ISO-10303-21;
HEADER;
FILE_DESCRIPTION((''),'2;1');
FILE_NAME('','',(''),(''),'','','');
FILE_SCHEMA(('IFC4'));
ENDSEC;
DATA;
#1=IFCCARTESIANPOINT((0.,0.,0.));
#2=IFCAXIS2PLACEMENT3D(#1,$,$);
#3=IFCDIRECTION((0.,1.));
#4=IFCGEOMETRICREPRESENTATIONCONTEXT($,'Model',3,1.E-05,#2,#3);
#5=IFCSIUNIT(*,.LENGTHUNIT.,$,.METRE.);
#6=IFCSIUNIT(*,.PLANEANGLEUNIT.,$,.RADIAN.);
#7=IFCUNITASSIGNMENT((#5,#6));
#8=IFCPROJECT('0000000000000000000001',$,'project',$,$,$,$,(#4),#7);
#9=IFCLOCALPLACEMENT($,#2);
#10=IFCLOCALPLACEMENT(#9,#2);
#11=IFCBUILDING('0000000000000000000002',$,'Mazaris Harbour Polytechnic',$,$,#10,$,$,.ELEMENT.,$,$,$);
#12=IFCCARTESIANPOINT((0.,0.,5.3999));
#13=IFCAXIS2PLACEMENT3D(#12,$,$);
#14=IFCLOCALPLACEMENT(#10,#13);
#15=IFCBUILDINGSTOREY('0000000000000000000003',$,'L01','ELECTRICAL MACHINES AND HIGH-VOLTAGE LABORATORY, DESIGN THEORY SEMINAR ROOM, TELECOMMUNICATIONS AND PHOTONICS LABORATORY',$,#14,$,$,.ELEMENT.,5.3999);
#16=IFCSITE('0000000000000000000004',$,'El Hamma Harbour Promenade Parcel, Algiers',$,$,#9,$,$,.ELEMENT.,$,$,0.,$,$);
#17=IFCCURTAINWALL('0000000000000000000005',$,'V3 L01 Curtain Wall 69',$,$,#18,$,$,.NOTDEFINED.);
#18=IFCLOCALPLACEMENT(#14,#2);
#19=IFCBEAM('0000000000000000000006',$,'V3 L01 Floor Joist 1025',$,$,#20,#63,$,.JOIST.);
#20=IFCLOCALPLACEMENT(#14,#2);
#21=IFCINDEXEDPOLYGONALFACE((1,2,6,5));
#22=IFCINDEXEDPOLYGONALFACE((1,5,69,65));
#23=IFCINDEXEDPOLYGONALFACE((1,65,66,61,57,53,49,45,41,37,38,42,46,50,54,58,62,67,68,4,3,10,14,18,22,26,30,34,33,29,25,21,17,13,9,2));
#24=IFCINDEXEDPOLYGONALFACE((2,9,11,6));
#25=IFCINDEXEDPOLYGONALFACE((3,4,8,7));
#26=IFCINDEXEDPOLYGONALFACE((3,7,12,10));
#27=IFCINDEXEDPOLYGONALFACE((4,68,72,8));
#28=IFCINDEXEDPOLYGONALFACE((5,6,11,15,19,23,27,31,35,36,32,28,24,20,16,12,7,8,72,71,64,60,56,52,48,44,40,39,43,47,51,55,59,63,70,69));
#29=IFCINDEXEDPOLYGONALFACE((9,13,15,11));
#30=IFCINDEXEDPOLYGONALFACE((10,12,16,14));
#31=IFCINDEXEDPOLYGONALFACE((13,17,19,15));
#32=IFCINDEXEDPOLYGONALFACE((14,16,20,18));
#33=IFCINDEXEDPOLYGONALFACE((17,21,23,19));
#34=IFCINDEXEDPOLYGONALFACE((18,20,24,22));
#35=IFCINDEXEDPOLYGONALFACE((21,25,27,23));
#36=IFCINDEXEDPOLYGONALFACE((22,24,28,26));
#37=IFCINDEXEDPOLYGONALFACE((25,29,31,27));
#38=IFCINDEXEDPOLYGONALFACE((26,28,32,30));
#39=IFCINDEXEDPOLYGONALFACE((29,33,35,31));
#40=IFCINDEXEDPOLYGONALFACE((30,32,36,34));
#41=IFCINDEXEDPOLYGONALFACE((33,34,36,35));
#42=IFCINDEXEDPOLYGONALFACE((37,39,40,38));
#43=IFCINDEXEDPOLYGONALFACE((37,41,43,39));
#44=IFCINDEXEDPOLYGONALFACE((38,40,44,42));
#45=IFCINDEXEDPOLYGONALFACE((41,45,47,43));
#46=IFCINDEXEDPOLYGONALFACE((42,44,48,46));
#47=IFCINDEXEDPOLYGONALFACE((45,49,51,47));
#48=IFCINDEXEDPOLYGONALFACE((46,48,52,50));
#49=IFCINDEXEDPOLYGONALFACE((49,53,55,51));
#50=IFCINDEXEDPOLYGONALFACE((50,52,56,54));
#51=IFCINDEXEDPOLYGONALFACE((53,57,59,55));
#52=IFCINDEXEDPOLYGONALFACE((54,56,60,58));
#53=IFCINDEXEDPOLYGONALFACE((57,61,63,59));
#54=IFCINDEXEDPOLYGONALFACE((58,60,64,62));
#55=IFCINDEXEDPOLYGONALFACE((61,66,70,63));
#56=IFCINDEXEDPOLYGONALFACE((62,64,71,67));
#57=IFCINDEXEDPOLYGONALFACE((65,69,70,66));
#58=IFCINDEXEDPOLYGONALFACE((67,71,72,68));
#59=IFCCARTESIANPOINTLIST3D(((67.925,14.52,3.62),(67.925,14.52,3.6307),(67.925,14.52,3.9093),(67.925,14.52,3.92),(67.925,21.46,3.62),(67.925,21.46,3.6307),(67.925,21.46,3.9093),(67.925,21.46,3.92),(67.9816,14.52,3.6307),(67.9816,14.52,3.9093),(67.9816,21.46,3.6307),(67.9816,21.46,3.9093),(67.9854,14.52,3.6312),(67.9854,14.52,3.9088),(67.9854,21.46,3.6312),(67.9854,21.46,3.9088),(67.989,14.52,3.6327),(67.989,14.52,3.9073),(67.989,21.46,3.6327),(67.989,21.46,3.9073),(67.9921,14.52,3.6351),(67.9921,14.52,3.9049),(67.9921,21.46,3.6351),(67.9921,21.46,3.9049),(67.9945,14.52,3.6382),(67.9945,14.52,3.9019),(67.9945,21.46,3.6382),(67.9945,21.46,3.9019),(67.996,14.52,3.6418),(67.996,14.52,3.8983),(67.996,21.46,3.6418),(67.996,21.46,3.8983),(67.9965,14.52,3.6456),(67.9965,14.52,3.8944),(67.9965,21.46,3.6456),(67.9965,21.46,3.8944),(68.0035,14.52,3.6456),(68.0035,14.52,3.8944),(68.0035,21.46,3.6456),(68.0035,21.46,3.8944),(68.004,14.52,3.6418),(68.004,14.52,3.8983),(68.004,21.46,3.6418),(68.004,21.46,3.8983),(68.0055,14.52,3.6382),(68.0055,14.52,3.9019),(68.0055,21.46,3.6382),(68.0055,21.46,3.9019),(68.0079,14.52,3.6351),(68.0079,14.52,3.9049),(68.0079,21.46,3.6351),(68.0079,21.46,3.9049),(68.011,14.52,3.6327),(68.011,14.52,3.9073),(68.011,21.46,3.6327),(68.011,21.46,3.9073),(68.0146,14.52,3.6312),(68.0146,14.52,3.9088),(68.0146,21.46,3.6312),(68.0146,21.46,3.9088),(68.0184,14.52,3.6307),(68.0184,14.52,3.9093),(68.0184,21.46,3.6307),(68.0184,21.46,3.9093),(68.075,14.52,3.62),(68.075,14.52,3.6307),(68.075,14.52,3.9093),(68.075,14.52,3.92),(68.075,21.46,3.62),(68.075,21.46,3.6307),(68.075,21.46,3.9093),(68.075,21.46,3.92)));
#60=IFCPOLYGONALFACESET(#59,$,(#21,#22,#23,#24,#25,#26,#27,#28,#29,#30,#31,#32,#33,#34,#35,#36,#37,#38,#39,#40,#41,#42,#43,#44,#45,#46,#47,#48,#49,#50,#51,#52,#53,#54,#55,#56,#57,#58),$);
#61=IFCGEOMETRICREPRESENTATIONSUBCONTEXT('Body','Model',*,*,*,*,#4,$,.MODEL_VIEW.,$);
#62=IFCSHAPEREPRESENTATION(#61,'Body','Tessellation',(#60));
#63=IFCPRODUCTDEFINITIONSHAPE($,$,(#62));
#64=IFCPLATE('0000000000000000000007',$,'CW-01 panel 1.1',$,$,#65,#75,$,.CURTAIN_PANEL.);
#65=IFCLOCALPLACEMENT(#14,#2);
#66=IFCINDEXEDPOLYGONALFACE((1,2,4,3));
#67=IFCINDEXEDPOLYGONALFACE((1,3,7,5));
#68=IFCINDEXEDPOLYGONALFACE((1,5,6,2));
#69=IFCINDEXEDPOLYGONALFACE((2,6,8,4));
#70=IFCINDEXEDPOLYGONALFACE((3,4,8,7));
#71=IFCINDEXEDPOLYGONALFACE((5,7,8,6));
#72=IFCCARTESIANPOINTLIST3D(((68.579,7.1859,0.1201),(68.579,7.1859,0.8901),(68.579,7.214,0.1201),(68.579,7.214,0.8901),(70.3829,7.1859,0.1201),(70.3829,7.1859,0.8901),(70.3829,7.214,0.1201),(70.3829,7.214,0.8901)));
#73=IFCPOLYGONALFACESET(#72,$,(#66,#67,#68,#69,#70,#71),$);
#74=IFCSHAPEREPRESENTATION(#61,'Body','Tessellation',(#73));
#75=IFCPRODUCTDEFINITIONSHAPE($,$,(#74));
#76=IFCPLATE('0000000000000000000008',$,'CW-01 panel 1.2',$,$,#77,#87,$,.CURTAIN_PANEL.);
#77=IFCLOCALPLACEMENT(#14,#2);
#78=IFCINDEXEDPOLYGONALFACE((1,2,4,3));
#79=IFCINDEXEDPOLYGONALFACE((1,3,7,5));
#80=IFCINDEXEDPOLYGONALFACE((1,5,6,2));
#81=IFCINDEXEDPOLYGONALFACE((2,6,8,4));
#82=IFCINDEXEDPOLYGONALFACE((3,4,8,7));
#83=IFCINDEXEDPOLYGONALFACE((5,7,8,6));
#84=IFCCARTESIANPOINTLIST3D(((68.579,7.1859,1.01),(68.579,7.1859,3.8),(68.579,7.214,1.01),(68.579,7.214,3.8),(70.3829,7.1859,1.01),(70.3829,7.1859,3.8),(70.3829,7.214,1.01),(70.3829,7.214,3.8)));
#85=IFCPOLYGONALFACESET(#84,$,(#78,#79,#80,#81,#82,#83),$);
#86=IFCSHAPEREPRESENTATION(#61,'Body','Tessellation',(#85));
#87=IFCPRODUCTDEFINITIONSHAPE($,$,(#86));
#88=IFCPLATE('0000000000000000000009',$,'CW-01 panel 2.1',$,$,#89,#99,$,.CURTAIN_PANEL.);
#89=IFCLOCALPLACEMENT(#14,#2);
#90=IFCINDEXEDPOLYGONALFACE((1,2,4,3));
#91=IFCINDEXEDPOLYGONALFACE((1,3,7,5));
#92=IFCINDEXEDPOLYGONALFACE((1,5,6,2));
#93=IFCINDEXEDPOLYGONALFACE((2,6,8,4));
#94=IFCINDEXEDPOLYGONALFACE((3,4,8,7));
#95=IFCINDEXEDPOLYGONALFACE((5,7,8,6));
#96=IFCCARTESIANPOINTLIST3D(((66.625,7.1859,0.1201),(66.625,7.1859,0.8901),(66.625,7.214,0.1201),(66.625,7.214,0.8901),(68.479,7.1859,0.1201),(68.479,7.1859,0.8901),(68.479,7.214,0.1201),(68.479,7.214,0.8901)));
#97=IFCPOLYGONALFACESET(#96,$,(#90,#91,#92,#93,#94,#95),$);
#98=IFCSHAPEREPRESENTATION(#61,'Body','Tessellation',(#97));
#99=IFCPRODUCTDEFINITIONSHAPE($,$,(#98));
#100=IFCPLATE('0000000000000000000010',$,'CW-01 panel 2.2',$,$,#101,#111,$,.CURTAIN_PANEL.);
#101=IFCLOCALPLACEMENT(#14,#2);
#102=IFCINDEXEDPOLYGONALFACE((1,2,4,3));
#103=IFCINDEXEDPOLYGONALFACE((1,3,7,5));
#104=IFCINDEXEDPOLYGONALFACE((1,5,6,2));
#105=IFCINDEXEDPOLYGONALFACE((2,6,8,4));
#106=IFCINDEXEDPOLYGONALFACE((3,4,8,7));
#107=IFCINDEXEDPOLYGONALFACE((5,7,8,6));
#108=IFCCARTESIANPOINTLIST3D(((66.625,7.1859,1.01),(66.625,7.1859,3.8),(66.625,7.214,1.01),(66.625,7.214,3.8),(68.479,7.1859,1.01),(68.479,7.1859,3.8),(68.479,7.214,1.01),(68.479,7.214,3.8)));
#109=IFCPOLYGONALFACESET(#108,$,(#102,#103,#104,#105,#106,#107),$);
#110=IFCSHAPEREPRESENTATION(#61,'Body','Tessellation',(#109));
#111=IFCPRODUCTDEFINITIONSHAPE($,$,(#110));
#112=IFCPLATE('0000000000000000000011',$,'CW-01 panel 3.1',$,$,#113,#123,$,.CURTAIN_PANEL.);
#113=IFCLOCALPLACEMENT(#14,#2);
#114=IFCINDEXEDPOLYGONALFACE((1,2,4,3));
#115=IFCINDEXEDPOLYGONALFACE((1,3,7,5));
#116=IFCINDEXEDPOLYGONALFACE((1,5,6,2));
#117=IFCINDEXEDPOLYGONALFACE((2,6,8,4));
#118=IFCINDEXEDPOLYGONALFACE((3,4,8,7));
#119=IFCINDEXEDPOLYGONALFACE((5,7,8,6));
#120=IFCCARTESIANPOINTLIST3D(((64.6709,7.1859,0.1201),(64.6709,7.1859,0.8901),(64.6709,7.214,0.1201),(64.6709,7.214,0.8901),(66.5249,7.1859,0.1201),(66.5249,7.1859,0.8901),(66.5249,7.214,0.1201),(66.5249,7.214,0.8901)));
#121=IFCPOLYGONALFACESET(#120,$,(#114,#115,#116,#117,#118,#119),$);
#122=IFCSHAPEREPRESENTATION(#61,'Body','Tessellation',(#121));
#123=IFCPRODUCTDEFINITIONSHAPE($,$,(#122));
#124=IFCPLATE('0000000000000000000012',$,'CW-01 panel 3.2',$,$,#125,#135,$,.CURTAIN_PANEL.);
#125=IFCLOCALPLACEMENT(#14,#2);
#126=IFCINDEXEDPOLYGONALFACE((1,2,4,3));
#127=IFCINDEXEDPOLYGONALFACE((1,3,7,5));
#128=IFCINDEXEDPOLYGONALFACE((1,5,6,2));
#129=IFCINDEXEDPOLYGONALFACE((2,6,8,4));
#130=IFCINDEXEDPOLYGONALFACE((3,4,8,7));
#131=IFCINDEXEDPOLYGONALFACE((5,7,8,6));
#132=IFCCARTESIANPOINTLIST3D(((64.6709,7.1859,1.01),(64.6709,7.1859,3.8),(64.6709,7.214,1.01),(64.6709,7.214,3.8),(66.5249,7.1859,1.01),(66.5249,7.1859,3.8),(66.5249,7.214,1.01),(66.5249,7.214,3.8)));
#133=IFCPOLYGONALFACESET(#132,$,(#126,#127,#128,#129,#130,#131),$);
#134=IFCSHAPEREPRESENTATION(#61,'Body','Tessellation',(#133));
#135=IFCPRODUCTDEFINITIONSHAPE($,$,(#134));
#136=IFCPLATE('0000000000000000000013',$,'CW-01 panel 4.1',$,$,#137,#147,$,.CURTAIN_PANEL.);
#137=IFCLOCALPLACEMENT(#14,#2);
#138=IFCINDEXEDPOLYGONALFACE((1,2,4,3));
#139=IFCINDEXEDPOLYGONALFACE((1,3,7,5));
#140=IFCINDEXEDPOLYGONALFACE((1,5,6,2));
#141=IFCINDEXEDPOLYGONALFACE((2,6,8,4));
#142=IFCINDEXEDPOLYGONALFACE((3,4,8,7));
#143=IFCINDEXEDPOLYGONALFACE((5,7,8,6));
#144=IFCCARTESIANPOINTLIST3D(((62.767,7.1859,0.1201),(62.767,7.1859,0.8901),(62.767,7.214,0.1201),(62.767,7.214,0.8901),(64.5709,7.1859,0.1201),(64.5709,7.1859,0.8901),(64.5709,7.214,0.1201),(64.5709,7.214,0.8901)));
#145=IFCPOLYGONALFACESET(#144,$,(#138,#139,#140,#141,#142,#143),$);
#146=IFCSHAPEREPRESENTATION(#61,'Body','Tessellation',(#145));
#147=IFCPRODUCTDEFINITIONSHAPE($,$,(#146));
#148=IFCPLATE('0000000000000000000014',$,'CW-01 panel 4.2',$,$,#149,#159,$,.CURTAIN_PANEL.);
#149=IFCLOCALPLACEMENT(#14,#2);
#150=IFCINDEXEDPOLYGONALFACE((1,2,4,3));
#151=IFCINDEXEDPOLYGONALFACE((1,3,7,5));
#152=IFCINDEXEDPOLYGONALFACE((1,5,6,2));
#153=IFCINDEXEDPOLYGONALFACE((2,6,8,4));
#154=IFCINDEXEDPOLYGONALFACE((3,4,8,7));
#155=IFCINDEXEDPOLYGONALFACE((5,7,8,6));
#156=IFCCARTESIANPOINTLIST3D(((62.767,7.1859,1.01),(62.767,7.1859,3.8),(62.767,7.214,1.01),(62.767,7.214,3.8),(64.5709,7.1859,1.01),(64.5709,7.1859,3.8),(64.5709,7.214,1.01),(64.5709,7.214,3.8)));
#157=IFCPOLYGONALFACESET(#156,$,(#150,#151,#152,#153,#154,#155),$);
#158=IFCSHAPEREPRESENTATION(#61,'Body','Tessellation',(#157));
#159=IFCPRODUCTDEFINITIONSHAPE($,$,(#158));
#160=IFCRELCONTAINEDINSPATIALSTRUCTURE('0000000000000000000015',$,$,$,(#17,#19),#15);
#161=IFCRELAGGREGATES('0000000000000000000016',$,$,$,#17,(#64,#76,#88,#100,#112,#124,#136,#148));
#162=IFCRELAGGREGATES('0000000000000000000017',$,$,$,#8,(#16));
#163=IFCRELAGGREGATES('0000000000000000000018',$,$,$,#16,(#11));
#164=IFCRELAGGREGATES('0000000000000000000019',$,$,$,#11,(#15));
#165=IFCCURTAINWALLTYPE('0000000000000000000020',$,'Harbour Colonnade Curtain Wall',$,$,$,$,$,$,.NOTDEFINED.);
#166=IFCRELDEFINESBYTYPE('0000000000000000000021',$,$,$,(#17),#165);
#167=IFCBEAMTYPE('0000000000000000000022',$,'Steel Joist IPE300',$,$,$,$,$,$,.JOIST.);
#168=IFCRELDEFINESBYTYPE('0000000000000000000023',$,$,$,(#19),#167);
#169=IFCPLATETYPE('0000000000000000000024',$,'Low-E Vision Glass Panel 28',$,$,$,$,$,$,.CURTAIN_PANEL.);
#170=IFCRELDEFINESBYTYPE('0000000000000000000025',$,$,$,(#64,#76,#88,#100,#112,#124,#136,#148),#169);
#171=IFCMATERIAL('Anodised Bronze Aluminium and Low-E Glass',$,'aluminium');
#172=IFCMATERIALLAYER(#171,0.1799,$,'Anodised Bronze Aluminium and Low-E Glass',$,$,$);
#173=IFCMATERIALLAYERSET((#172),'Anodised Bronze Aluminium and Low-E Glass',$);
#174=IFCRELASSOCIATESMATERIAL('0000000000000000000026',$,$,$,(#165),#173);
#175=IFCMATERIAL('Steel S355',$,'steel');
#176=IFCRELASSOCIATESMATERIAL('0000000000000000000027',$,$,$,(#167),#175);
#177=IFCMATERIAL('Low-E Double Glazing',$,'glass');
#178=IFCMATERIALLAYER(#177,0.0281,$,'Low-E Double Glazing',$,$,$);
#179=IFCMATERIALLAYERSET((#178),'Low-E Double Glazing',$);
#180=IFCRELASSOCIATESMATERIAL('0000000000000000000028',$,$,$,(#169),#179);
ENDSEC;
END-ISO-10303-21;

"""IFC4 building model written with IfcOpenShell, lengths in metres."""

from ifc_helpers import new_model, si_unit, direction, frame, origin, origin_2d, place, context, subcontext, project, spatial, rectangle, i_section, extrude, material, layer, layer_set, material_profile, profile_set, type_object, element, aggregate, save


model = new_model("IFC4")

# Units and contexts
model_context = context("Model", 3, precision=1e-05, world=origin(), true_north=direction((0.0, 1.0)))
body_context = subcontext(model_context, "Body", "Model", "MODEL_VIEW")
ifc_project = project(units=[si_unit("LENGTHUNIT", "METRE"), si_unit("PLANEANGLEUNIT", "RADIAN")], contexts=[model_context])

# Site, building, storey
site_placement = place(None, origin())
site = spatial("IfcSite", under=ifc_project, at=site_placement, Name="El Hamma Harbour Promenade Parcel, Algiers", CompositionType="ELEMENT", RefElevation=0.0)
building_placement = place(site_placement, origin())
building = spatial("IfcBuilding", under=site, at=building_placement, Name="Mazaris Harbour Polytechnic", CompositionType="ELEMENT")
storey_placement = place(building_placement, frame((0.0, 0.0, 5.3999)))
storey = spatial("IfcBuildingStorey", under=building, at=storey_placement, Name="L01", Description="ELECTRICAL MACHINES AND HIGH-VOLTAGE LABORATORY, DESIGN THEORY SEMINAR ROOM, TELECOMMUNICATIONS AND PHOTONICS LABORATORY", CompositionType="ELEMENT", Elevation=5.3999)

# Curtain wall
ifc_material_1 = material(Name="Anodised Bronze Aluminium and Low-E Glass", Category="aluminium")
ifc_layer_1 = layer(ifc_material_1, 0.1799, Name="Anodised Bronze Aluminium and Low-E Glass")
ifc_layer_set_1 = layer_set([ifc_layer_1], Name="Anodised Bronze Aluminium and Low-E Glass")
curtain_wall_type = type_object("IfcCurtainWallType", Name="Harbour Colonnade Curtain Wall", PredefinedType="NOTDEFINED", material=ifc_layer_set_1)
curtain_wall_placement = place(storey_placement, origin())
curtain_wall = element("IfcCurtainWall", 1, at=curtain_wall_placement, inside=storey, type_object=curtain_wall_type, Name="V3 L01 Curtain Wall 69", PredefinedType="NOTDEFINED")

# Beam
ifc_material_2 = material(Name="Steel S355", Category="steel")
ifc_material_profile_1 = material_profile(ifc_material_2, i_section(OverallWidth=0.1499, OverallDepth=0.3, WebThickness=0.0071, FlangeThickness=0.0107, FilletRadius=0.0149, at=origin_2d()), Name="IPE 300")
ifc_profile_set_1 = profile_set([ifc_material_profile_1], Name="Steel S355")
beam_type_1 = type_object("IfcBeamType", Name="Steel Joist IPE300", PredefinedType="JOIST", material=ifc_profile_set_1)
beam_1_placement = place(storey_placement, frame((68.0, 14.52, 3.77), z_axis=(0.0, 1.0, 0.0), x_axis=(-1.0, 0.0, 0.0)))
element("IfcBeam", 2, at=beam_1_placement, inside=storey, type_object=beam_type_1, Name="V3 L01 Floor Joist 1025", PredefinedType="JOIST", context=body_context, shape_type="SweptSolid", body=[
    extrude(i_section(OverallWidth=0.1499, OverallDepth=0.3, WebThickness=0.0071, FlangeThickness=0.0107, FilletRadius=0.0149, at=origin_2d()), origin(), (0.0, 0.0, 1.0), 6.9399),
])

# Plates
ifc_material_3 = material(Name="Low-E Double Glazing", Category="glass")
ifc_layer_2 = layer(ifc_material_3, 0.0281, Name="Low-E Double Glazing")
ifc_layer_set_2 = layer_set([ifc_layer_2], Name="Low-E Double Glazing")
plate_type = type_object("IfcPlateType", Name="Low-E Vision Glass Panel 28", PredefinedType="CURTAIN_PANEL", material=ifc_layer_set_2)
plate_1_placement = place(storey_placement, frame((69.481, 7.2, 0.1201), z_axis=(0.0, 0.0, 1.0), x_axis=(-1.0, 0.0, 0.0)))
plate_1 = element("IfcPlate", 3, at=plate_1_placement, type_object=plate_type, Name="CW-01 panel 1.1", PredefinedType="CURTAIN_PANEL", context=body_context, shape_type="SweptSolid", body=[
    extrude(rectangle(XDim=1.804, YDim=0.0281, at=origin_2d()), origin(), (0.0, 0.0, 1.0), 0.77),
])
plate_2_placement = place(storey_placement, frame((69.481, 7.2, 1.01), z_axis=(0.0, 0.0, 1.0), x_axis=(-1.0, 0.0, 0.0)))
plate_2 = element("IfcPlate", 4, at=plate_2_placement, type_object=plate_type, Name="CW-01 panel 1.2", PredefinedType="CURTAIN_PANEL", context=body_context, shape_type="SweptSolid", body=[
    extrude(rectangle(XDim=1.804, YDim=0.0281, at=origin_2d()), origin(), (0.0, 0.0, 1.0), 2.79),
])
plate_3_placement = place(storey_placement, frame((67.552, 7.2, 0.1201), z_axis=(0.0, 0.0, 1.0), x_axis=(-1.0, 0.0, 0.0)))
plate_3 = element("IfcPlate", 5, at=plate_3_placement, type_object=plate_type, Name="CW-01 panel 2.1", PredefinedType="CURTAIN_PANEL", context=body_context, shape_type="SweptSolid", body=[
    extrude(rectangle(XDim=1.854, YDim=0.0281, at=origin_2d()), origin(), (0.0, 0.0, 1.0), 0.77),
])
plate_4_placement = place(storey_placement, frame((67.552, 7.2, 1.01), z_axis=(0.0, 0.0, 1.0), x_axis=(-1.0, 0.0, 0.0)))
plate_4 = element("IfcPlate", 6, at=plate_4_placement, type_object=plate_type, Name="CW-01 panel 2.2", PredefinedType="CURTAIN_PANEL", context=body_context, shape_type="SweptSolid", body=[
    extrude(rectangle(XDim=1.854, YDim=0.0281, at=origin_2d()), origin(), (0.0, 0.0, 1.0), 2.79),
])
plate_5_placement = place(storey_placement, frame((65.5979, 7.2, 0.1201), z_axis=(0.0, 0.0, 1.0), x_axis=(-1.0, 0.0, 0.0)))
plate_5 = element("IfcPlate", 7, at=plate_5_placement, type_object=plate_type, Name="CW-01 panel 3.1", PredefinedType="CURTAIN_PANEL", context=body_context, shape_type="SweptSolid", body=[
    extrude(rectangle(XDim=1.854, YDim=0.0281, at=origin_2d()), origin(), (0.0, 0.0, 1.0), 0.77),
])
plate_6_placement = place(storey_placement, frame((65.5979, 7.2, 1.01), z_axis=(0.0, 0.0, 1.0), x_axis=(-1.0, 0.0, 0.0)))
plate_6 = element("IfcPlate", 8, at=plate_6_placement, type_object=plate_type, Name="CW-01 panel 3.2", PredefinedType="CURTAIN_PANEL", context=body_context, shape_type="SweptSolid", body=[
    extrude(rectangle(XDim=1.854, YDim=0.0281, at=origin_2d()), origin(), (0.0, 0.0, 1.0), 2.79),
])
plate_7_placement = place(storey_placement, frame((63.6689, 7.2, 0.1201), z_axis=(0.0, 0.0, 1.0), x_axis=(-1.0, 0.0, 0.0)))
plate_7 = element("IfcPlate", 9, at=plate_7_placement, type_object=plate_type, Name="CW-01 panel 4.1", PredefinedType="CURTAIN_PANEL", context=body_context, shape_type="SweptSolid", body=[
    extrude(rectangle(XDim=1.804, YDim=0.0281, at=origin_2d()), origin(), (0.0, 0.0, 1.0), 0.77),
])
plate_8_placement = place(storey_placement, frame((63.6689, 7.2, 1.01), z_axis=(0.0, 0.0, 1.0), x_axis=(-1.0, 0.0, 0.0)))
plate_8 = element("IfcPlate", 10, at=plate_8_placement, type_object=plate_type, Name="CW-01 panel 4.2", PredefinedType="CURTAIN_PANEL", context=body_context, shape_type="SweptSolid", body=[
    extrude(rectangle(XDim=1.804, YDim=0.0281, at=origin_2d()), origin(), (0.0, 0.0, 1.0), 2.79),
])
aggregate(curtain_wall, [plate_1, plate_2, plate_3, plate_4, plate_5, plate_6, plate_7, plate_8])

save(model, "model.ifc")
